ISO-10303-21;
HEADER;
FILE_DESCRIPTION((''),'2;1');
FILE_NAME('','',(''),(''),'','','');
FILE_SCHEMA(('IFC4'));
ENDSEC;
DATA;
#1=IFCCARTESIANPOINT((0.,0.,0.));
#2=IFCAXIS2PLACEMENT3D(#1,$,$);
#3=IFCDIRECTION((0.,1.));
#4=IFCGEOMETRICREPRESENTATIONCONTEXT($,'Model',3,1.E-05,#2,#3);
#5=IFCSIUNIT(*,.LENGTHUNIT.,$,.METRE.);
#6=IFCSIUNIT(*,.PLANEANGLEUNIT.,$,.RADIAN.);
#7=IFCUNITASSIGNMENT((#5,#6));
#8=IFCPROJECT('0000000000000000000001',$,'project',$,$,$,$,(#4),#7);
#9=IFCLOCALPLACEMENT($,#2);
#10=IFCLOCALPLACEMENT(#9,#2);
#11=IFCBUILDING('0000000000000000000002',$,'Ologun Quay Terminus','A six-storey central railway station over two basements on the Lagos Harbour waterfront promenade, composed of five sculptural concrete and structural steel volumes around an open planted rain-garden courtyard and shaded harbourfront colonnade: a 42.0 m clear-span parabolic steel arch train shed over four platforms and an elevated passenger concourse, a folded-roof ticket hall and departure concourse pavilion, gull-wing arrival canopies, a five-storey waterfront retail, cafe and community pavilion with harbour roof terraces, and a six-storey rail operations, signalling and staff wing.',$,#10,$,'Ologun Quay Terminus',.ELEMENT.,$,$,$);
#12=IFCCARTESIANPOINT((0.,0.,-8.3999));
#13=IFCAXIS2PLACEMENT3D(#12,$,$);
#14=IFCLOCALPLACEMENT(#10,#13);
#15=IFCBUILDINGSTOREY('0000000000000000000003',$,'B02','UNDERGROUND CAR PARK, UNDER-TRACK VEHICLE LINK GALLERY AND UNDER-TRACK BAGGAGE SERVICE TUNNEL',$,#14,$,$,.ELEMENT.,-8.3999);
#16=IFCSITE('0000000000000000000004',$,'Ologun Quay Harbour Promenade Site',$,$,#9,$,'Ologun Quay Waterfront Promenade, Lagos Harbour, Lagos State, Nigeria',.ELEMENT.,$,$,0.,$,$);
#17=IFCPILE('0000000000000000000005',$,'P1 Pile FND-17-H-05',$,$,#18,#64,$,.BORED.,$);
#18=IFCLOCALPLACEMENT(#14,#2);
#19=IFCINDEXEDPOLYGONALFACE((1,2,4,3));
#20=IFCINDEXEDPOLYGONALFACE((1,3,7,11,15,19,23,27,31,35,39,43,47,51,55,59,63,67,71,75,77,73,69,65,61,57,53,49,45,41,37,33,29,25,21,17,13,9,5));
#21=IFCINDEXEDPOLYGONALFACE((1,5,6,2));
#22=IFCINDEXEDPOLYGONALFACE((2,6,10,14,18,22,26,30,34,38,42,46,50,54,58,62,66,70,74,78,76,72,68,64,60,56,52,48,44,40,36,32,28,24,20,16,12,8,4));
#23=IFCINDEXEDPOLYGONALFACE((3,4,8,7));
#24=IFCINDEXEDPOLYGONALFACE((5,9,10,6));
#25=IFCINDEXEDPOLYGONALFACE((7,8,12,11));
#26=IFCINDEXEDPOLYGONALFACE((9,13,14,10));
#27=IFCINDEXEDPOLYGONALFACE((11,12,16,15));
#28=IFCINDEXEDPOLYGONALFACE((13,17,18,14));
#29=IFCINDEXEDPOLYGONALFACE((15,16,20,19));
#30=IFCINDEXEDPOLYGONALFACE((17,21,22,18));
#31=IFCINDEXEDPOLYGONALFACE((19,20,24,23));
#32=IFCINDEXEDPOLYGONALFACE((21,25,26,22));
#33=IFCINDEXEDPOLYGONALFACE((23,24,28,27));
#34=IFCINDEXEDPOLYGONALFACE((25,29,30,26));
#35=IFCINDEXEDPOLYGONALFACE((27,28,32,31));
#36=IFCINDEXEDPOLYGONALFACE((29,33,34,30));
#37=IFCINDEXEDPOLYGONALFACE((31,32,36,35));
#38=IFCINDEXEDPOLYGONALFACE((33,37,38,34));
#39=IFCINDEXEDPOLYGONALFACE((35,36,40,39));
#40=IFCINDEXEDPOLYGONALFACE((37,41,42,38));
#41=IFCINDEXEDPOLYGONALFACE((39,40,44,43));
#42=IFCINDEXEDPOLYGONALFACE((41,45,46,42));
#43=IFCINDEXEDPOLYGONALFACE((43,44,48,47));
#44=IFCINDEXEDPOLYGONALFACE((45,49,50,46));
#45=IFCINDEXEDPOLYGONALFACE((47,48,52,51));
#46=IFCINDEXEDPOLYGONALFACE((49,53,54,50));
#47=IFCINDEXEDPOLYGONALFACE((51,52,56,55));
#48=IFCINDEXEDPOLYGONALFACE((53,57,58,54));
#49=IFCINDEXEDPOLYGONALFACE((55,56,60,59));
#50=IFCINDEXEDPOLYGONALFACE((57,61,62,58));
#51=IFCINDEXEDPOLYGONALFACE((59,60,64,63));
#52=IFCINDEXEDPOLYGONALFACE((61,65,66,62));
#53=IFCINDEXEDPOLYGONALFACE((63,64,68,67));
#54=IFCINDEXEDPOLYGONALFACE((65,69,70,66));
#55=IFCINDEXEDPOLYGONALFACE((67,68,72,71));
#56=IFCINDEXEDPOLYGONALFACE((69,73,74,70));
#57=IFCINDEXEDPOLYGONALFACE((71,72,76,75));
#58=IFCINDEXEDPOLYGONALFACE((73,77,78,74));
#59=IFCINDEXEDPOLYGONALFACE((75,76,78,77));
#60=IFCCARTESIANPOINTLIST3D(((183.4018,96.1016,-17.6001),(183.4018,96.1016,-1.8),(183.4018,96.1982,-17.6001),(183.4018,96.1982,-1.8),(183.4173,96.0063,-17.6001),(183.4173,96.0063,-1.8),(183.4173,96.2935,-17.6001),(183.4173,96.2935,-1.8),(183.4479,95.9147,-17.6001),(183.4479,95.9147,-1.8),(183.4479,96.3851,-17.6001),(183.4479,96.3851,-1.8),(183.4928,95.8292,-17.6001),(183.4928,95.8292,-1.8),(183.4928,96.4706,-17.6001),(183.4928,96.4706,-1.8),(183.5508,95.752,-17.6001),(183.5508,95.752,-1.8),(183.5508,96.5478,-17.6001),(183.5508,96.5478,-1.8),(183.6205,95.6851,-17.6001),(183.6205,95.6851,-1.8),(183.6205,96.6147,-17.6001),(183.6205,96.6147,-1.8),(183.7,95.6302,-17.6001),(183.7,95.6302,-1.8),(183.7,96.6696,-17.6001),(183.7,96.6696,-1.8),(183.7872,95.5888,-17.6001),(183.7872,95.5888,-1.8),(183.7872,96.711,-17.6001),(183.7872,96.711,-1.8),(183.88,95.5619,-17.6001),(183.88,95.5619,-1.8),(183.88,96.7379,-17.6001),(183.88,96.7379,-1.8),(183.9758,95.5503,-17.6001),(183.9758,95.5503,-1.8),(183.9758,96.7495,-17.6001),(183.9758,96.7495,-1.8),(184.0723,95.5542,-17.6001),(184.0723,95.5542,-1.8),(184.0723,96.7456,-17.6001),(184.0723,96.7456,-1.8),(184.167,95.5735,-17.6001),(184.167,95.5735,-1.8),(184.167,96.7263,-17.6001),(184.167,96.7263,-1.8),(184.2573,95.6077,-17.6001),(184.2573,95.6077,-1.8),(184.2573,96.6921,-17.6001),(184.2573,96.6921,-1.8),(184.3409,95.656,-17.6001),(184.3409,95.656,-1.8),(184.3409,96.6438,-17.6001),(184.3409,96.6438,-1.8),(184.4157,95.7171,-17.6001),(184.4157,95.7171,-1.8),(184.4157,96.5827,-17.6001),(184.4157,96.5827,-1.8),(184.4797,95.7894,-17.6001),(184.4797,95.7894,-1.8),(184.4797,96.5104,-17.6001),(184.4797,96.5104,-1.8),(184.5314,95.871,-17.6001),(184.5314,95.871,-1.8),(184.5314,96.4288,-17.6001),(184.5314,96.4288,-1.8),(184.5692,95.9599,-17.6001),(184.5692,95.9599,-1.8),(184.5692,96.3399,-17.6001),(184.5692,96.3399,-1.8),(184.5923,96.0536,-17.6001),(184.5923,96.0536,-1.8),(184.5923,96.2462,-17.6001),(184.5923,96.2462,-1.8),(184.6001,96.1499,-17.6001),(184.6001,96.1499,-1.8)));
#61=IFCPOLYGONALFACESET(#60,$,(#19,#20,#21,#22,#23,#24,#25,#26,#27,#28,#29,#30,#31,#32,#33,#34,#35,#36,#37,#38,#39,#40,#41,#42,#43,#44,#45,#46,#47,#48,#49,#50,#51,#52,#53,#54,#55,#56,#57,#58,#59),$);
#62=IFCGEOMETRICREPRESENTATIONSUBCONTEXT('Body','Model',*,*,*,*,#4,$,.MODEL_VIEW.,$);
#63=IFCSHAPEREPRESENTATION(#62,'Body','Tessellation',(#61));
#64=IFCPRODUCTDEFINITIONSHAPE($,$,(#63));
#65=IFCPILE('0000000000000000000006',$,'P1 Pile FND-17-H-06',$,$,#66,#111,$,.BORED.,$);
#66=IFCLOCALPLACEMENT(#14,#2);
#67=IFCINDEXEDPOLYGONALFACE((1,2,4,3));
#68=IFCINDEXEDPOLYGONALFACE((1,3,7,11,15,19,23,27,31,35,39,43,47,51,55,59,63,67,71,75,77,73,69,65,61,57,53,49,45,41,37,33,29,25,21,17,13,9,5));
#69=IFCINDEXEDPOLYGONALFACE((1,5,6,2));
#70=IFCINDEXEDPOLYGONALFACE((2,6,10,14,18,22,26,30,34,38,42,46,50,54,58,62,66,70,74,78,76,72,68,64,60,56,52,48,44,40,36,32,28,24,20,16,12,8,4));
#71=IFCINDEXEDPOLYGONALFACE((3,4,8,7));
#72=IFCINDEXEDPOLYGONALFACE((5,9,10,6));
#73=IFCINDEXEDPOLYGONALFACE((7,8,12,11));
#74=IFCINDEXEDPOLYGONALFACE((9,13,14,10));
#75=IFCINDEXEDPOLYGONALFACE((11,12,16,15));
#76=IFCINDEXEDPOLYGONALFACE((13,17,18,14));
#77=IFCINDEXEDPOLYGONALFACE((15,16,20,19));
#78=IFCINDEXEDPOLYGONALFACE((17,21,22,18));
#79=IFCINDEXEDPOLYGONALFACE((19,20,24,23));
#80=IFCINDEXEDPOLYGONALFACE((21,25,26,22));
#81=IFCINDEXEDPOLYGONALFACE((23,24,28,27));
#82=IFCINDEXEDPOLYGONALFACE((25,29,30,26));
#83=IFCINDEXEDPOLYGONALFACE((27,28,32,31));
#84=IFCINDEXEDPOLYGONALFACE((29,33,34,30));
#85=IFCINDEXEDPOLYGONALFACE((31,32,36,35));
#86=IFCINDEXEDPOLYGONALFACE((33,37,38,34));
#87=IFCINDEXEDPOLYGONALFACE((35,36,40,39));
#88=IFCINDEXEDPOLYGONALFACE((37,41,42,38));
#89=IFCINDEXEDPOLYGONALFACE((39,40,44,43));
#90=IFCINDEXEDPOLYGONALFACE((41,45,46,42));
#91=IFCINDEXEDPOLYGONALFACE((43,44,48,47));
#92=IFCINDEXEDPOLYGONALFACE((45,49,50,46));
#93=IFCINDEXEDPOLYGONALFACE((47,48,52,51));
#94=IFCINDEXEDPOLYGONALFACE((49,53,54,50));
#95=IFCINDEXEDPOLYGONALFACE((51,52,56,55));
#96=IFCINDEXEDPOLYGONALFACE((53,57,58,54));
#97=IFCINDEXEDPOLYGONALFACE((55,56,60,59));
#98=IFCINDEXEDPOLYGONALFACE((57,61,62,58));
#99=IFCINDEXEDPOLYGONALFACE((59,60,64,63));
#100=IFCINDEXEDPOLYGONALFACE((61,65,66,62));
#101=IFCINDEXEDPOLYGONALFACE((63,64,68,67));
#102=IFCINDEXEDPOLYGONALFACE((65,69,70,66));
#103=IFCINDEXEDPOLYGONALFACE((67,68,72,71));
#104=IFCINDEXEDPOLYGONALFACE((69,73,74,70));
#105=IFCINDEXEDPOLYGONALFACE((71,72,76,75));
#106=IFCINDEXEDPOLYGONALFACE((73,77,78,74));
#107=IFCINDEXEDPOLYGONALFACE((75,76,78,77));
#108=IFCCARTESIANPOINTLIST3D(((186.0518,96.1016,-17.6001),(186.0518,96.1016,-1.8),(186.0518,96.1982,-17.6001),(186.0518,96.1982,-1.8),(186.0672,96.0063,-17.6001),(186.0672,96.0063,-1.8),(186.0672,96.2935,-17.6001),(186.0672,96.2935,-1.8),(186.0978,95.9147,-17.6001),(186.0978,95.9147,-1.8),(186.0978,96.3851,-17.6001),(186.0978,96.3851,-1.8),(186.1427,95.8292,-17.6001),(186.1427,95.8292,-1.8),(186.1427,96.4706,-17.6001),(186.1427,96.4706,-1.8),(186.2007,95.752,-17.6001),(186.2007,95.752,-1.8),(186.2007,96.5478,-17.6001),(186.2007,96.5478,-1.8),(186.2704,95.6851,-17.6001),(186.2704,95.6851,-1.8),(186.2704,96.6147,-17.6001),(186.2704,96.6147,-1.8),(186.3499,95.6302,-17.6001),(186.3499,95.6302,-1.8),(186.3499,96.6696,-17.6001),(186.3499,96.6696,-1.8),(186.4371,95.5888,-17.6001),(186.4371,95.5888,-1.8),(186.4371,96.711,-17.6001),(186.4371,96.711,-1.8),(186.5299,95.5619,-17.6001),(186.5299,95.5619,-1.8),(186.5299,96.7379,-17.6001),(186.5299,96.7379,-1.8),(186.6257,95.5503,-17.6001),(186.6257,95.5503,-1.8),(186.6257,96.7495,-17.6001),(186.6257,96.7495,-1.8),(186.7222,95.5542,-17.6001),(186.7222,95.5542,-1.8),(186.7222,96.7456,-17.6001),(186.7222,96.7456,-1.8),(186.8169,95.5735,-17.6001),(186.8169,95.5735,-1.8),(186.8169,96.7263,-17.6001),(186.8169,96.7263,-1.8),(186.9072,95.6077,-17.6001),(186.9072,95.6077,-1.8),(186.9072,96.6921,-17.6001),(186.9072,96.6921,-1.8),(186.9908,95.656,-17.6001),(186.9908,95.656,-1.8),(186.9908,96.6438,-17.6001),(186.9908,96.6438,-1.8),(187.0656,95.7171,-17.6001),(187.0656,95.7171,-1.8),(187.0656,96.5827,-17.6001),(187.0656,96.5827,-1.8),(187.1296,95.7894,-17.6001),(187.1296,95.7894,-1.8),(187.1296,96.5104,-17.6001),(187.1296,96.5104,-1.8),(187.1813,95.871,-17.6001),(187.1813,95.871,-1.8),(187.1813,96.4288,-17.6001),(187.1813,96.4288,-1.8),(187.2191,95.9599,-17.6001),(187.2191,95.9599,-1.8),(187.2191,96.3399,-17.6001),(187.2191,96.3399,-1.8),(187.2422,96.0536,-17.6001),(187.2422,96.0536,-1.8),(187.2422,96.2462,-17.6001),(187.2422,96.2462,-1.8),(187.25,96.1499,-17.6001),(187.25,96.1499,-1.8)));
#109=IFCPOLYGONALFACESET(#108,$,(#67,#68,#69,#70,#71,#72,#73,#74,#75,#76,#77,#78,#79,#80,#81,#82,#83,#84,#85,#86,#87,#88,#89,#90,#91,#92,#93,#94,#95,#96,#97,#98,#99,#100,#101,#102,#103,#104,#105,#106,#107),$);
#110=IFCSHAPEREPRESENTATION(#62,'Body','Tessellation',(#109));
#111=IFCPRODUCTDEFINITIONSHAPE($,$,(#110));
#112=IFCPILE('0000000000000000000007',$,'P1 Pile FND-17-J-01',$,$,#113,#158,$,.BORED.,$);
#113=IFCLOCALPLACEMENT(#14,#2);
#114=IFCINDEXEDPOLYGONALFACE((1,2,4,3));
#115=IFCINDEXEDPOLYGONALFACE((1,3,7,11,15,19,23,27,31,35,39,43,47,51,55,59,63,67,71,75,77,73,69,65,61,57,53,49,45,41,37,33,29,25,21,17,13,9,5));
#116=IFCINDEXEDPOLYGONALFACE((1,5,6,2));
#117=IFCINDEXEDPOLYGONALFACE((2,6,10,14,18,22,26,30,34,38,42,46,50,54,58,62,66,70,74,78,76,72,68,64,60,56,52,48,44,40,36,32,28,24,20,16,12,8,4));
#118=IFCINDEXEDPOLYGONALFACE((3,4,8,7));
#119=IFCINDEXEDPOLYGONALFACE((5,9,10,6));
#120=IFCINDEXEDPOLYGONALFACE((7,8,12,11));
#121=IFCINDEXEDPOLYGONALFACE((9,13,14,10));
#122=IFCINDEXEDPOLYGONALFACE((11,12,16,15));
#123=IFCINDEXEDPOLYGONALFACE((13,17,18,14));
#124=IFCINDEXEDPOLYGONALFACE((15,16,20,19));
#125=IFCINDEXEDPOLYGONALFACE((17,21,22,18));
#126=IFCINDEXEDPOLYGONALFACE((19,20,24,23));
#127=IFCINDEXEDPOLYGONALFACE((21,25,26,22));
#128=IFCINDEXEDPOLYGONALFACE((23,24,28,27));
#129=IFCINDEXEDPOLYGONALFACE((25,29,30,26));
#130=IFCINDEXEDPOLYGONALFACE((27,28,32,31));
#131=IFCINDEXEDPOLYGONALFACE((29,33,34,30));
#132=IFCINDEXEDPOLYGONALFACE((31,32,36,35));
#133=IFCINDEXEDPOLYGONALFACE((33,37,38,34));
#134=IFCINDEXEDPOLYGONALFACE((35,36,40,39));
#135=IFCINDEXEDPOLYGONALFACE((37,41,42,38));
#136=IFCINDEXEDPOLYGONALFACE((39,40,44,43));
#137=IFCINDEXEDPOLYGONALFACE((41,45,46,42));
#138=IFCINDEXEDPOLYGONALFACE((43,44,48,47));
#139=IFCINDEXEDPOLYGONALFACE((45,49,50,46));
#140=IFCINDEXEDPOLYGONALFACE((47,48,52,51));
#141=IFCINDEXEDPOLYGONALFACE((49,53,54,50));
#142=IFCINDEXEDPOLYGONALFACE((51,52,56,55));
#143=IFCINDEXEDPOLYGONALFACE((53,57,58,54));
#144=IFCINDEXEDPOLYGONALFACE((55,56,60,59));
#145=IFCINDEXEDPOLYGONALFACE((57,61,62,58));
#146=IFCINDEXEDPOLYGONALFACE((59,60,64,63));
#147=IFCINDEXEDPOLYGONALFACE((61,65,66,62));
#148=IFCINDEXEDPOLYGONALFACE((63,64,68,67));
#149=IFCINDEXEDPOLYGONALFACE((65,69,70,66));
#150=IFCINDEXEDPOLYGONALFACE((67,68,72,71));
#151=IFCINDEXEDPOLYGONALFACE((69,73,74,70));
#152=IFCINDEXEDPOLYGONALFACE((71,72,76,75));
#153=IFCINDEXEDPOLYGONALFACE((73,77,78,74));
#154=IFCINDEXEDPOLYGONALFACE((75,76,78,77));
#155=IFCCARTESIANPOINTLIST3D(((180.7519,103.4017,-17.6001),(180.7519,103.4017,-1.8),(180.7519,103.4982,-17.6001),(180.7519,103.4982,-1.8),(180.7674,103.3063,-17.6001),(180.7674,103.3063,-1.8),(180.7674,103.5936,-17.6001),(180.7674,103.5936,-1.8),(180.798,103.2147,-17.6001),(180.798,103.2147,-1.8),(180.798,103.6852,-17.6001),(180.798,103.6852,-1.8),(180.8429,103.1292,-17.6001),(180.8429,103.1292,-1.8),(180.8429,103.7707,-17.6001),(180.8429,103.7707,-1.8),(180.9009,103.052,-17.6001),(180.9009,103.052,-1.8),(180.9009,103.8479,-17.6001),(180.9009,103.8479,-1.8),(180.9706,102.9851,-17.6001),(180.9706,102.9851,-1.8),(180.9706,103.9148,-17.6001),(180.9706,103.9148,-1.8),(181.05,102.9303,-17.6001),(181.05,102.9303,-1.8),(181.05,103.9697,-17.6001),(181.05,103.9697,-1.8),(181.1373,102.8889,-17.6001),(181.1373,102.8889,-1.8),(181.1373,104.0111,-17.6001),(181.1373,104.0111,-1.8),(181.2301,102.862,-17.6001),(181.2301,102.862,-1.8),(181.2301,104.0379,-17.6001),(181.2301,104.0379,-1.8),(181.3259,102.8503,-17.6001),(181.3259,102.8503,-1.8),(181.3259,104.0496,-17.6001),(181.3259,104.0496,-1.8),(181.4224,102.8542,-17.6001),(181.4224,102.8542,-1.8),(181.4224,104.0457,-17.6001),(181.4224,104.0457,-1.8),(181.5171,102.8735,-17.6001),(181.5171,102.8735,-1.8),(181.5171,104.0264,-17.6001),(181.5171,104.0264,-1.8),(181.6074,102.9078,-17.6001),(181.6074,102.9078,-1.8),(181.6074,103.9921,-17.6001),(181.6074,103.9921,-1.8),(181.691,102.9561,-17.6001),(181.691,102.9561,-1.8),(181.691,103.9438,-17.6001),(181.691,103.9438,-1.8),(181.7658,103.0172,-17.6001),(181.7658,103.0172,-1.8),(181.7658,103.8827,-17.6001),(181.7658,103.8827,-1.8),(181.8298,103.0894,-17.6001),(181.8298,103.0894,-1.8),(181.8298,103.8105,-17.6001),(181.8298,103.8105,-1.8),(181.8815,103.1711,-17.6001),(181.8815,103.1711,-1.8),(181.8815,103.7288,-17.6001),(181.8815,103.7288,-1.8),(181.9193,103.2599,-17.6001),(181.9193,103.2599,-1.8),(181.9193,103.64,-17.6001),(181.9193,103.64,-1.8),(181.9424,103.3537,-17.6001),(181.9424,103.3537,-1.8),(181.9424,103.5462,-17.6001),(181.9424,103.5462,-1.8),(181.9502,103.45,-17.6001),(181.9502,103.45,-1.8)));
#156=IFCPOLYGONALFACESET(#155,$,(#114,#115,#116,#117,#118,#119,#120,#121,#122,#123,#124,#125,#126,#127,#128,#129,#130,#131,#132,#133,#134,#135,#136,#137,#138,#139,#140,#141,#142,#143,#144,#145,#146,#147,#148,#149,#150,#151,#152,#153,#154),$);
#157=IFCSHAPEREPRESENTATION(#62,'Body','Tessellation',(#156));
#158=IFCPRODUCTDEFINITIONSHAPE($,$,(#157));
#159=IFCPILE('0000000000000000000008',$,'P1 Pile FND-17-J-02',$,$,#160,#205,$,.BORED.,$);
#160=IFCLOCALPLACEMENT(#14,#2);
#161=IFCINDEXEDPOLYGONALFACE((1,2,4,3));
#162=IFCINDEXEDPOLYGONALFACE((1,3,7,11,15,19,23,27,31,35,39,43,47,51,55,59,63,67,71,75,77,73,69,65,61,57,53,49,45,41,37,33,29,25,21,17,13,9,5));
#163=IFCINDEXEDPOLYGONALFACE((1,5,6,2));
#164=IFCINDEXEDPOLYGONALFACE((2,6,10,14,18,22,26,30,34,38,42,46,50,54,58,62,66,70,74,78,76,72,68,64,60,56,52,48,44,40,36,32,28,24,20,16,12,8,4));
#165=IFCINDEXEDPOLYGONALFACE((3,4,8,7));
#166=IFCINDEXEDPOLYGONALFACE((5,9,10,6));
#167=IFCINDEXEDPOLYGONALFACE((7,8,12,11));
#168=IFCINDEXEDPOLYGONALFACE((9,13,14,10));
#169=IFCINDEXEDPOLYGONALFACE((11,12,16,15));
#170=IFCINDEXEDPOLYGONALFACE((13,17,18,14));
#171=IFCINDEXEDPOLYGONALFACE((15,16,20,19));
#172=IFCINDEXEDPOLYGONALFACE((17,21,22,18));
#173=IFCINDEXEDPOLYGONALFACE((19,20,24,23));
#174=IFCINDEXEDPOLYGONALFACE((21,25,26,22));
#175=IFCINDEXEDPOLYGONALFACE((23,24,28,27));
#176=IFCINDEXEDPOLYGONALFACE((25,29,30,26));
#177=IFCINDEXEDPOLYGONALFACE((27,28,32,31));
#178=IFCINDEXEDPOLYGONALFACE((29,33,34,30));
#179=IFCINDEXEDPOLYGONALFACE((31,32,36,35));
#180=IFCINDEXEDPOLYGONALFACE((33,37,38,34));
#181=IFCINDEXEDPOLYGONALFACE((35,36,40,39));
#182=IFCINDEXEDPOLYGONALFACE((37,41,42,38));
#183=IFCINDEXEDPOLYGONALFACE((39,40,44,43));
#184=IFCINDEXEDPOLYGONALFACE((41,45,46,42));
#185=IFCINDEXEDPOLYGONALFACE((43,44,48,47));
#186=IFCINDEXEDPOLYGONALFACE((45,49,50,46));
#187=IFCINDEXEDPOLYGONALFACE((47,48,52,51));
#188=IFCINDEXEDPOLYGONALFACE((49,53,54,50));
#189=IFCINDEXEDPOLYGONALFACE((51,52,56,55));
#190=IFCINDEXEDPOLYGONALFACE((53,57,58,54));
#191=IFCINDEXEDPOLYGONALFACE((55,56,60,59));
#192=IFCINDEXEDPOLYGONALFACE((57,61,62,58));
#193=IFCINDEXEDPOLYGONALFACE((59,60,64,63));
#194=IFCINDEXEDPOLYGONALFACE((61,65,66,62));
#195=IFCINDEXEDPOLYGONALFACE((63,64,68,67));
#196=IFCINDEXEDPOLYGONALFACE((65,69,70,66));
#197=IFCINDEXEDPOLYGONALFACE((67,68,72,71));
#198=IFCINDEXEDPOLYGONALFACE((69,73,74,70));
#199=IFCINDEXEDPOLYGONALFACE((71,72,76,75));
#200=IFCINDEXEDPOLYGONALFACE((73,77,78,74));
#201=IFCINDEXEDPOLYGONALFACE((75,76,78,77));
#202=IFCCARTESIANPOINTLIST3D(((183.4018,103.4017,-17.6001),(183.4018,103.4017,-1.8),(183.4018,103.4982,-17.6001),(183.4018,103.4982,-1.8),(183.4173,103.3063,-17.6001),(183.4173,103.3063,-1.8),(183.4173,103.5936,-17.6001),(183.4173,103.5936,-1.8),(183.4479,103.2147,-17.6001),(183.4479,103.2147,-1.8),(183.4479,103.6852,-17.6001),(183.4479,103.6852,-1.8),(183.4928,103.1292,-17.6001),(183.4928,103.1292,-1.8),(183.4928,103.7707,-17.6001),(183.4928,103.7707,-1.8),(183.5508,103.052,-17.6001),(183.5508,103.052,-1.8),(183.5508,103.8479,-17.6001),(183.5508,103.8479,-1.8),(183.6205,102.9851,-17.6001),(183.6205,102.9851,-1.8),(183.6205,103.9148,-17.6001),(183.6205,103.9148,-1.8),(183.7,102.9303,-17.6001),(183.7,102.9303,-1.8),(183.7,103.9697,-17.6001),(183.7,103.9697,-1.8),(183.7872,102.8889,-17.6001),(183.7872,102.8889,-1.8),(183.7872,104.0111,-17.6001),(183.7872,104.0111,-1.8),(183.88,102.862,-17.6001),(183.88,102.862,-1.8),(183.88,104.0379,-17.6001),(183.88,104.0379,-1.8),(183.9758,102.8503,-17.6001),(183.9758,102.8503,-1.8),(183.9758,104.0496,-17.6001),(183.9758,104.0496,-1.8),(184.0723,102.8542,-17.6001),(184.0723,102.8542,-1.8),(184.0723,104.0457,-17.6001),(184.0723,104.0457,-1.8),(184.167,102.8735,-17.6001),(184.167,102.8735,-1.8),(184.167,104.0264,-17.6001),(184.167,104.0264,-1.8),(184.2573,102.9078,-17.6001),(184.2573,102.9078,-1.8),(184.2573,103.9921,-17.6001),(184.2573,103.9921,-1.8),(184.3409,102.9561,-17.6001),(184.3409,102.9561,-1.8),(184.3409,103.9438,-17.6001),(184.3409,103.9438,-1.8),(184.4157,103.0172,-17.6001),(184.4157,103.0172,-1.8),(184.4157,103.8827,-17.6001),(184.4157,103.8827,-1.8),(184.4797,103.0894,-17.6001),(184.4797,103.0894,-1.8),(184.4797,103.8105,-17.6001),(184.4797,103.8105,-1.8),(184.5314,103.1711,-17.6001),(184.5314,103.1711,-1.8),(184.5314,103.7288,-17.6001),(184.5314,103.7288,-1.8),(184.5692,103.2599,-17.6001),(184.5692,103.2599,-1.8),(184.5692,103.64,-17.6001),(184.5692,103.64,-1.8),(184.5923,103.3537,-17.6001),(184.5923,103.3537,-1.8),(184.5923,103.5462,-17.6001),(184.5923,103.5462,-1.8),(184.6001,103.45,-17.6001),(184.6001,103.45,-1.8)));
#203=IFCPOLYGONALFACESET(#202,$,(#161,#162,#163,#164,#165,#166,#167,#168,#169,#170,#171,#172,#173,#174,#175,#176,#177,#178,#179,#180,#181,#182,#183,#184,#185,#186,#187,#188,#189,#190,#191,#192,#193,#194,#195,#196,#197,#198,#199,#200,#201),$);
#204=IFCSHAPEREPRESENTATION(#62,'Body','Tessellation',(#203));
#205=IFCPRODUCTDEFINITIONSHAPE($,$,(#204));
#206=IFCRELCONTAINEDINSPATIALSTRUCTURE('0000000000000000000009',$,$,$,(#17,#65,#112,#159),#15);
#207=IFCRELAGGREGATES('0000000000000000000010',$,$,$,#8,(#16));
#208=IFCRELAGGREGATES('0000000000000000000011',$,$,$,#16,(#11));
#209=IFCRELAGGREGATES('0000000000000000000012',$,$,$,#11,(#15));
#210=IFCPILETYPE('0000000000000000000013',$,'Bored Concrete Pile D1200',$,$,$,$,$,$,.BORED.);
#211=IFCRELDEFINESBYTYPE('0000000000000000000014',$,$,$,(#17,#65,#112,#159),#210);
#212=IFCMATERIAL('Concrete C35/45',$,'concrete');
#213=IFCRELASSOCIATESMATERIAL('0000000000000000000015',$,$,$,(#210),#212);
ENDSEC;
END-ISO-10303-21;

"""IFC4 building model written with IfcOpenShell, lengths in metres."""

from ifc_helpers import new_model, si_unit, direction, frame, origin, origin_2d, place, context, subcontext, project, spatial, circle, extrude, material, material_profile, profile_set, type_object, element, save


model = new_model("IFC4")

# Units and contexts
model_context = context("Model", 3, precision=1e-05, world=origin(), true_north=direction((0.0, 1.0)))
body_context = subcontext(model_context, "Body", "Model", "MODEL_VIEW")
ifc_project = project(units=[si_unit("LENGTHUNIT", "METRE"), si_unit("PLANEANGLEUNIT", "RADIAN")], contexts=[model_context])

# Site, building, storey
site_placement = place(None, origin())
site = spatial("IfcSite", under=ifc_project, at=site_placement, Name="Ologun Quay Harbour Promenade Site", LongName="Ologun Quay Waterfront Promenade, Lagos Harbour, Lagos State, Nigeria", CompositionType="ELEMENT", RefElevation=0.0)
building_placement = place(site_placement, origin())
building = spatial("IfcBuilding", under=site, at=building_placement, Name="Ologun Quay Terminus", Description="A six-storey central railway station over two basements on the Lagos Harbour waterfront promenade, composed of five sculptural concrete and structural steel volumes around an open planted rain-garden courtyard and shaded harbourfront colonnade: a 42.0 m clear-span parabolic steel arch train shed over four platforms and an elevated passenger concourse, a folded-roof ticket hall and departure concourse pavilion, gull-wing arrival canopies, a five-storey waterfront retail, cafe and community pavilion with harbour roof terraces, and a six-storey rail operations, signalling and staff wing.", LongName="Ologun Quay Terminus", CompositionType="ELEMENT")
storey_placement = place(building_placement, frame((0.0, 0.0, -8.3999)))
storey = spatial("IfcBuildingStorey", under=building, at=storey_placement, Name="B02", Description="UNDERGROUND CAR PARK, UNDER-TRACK VEHICLE LINK GALLERY AND UNDER-TRACK BAGGAGE SERVICE TUNNEL", CompositionType="ELEMENT", Elevation=-8.3999)

# Piles
ifc_material_1 = material(Name="Concrete C35/45", Category="concrete")
ifc_material_profile_1 = material_profile(ifc_material_1, circle(Radius=0.6001, at=origin_2d()), Name="PILE D1200")
ifc_profile_set_1 = profile_set([ifc_material_profile_1], Name="Concrete C35/45")
pile_type = type_object("IfcPileType", Name="Bored Concrete Pile D1200", PredefinedType="BORED", material=ifc_profile_set_1)
for number, where, z_axis, x_axis, name in (
    (1, (184.0, 96.1499, -1.8), (0.0, 0.0, -1.0), (1.0, 0.0, 0.0), "P1 Pile FND-17-H-05"),
    (2, (186.6499, 96.1499, -1.8), (0.0, 0.0, -1.0), (1.0, 0.0, 0.0), "P1 Pile FND-17-H-06"),
    (3, (181.3501, 103.45, -1.8), (0.0, 0.0, -1.0), (1.0, 0.0, 0.0), "P1 Pile FND-17-J-01"),
    (4, (184.0, 103.45, -1.8), (0.0, 0.0, -1.0), (1.0, 0.0, 0.0), "P1 Pile FND-17-J-02"),
):
    element("IfcPile", number, at=place(storey_placement, frame(where, z_axis=z_axis, x_axis=x_axis)), inside=storey, type_object=pile_type, Name=name, PredefinedType="BORED", context=body_context, shape_type="SweptSolid", body=[
        extrude(circle(Radius=0.6001, at=origin_2d()), origin(), (0.0, 0.0, 1.0), 15.8),
    ])

save(model, "model.ifc")
